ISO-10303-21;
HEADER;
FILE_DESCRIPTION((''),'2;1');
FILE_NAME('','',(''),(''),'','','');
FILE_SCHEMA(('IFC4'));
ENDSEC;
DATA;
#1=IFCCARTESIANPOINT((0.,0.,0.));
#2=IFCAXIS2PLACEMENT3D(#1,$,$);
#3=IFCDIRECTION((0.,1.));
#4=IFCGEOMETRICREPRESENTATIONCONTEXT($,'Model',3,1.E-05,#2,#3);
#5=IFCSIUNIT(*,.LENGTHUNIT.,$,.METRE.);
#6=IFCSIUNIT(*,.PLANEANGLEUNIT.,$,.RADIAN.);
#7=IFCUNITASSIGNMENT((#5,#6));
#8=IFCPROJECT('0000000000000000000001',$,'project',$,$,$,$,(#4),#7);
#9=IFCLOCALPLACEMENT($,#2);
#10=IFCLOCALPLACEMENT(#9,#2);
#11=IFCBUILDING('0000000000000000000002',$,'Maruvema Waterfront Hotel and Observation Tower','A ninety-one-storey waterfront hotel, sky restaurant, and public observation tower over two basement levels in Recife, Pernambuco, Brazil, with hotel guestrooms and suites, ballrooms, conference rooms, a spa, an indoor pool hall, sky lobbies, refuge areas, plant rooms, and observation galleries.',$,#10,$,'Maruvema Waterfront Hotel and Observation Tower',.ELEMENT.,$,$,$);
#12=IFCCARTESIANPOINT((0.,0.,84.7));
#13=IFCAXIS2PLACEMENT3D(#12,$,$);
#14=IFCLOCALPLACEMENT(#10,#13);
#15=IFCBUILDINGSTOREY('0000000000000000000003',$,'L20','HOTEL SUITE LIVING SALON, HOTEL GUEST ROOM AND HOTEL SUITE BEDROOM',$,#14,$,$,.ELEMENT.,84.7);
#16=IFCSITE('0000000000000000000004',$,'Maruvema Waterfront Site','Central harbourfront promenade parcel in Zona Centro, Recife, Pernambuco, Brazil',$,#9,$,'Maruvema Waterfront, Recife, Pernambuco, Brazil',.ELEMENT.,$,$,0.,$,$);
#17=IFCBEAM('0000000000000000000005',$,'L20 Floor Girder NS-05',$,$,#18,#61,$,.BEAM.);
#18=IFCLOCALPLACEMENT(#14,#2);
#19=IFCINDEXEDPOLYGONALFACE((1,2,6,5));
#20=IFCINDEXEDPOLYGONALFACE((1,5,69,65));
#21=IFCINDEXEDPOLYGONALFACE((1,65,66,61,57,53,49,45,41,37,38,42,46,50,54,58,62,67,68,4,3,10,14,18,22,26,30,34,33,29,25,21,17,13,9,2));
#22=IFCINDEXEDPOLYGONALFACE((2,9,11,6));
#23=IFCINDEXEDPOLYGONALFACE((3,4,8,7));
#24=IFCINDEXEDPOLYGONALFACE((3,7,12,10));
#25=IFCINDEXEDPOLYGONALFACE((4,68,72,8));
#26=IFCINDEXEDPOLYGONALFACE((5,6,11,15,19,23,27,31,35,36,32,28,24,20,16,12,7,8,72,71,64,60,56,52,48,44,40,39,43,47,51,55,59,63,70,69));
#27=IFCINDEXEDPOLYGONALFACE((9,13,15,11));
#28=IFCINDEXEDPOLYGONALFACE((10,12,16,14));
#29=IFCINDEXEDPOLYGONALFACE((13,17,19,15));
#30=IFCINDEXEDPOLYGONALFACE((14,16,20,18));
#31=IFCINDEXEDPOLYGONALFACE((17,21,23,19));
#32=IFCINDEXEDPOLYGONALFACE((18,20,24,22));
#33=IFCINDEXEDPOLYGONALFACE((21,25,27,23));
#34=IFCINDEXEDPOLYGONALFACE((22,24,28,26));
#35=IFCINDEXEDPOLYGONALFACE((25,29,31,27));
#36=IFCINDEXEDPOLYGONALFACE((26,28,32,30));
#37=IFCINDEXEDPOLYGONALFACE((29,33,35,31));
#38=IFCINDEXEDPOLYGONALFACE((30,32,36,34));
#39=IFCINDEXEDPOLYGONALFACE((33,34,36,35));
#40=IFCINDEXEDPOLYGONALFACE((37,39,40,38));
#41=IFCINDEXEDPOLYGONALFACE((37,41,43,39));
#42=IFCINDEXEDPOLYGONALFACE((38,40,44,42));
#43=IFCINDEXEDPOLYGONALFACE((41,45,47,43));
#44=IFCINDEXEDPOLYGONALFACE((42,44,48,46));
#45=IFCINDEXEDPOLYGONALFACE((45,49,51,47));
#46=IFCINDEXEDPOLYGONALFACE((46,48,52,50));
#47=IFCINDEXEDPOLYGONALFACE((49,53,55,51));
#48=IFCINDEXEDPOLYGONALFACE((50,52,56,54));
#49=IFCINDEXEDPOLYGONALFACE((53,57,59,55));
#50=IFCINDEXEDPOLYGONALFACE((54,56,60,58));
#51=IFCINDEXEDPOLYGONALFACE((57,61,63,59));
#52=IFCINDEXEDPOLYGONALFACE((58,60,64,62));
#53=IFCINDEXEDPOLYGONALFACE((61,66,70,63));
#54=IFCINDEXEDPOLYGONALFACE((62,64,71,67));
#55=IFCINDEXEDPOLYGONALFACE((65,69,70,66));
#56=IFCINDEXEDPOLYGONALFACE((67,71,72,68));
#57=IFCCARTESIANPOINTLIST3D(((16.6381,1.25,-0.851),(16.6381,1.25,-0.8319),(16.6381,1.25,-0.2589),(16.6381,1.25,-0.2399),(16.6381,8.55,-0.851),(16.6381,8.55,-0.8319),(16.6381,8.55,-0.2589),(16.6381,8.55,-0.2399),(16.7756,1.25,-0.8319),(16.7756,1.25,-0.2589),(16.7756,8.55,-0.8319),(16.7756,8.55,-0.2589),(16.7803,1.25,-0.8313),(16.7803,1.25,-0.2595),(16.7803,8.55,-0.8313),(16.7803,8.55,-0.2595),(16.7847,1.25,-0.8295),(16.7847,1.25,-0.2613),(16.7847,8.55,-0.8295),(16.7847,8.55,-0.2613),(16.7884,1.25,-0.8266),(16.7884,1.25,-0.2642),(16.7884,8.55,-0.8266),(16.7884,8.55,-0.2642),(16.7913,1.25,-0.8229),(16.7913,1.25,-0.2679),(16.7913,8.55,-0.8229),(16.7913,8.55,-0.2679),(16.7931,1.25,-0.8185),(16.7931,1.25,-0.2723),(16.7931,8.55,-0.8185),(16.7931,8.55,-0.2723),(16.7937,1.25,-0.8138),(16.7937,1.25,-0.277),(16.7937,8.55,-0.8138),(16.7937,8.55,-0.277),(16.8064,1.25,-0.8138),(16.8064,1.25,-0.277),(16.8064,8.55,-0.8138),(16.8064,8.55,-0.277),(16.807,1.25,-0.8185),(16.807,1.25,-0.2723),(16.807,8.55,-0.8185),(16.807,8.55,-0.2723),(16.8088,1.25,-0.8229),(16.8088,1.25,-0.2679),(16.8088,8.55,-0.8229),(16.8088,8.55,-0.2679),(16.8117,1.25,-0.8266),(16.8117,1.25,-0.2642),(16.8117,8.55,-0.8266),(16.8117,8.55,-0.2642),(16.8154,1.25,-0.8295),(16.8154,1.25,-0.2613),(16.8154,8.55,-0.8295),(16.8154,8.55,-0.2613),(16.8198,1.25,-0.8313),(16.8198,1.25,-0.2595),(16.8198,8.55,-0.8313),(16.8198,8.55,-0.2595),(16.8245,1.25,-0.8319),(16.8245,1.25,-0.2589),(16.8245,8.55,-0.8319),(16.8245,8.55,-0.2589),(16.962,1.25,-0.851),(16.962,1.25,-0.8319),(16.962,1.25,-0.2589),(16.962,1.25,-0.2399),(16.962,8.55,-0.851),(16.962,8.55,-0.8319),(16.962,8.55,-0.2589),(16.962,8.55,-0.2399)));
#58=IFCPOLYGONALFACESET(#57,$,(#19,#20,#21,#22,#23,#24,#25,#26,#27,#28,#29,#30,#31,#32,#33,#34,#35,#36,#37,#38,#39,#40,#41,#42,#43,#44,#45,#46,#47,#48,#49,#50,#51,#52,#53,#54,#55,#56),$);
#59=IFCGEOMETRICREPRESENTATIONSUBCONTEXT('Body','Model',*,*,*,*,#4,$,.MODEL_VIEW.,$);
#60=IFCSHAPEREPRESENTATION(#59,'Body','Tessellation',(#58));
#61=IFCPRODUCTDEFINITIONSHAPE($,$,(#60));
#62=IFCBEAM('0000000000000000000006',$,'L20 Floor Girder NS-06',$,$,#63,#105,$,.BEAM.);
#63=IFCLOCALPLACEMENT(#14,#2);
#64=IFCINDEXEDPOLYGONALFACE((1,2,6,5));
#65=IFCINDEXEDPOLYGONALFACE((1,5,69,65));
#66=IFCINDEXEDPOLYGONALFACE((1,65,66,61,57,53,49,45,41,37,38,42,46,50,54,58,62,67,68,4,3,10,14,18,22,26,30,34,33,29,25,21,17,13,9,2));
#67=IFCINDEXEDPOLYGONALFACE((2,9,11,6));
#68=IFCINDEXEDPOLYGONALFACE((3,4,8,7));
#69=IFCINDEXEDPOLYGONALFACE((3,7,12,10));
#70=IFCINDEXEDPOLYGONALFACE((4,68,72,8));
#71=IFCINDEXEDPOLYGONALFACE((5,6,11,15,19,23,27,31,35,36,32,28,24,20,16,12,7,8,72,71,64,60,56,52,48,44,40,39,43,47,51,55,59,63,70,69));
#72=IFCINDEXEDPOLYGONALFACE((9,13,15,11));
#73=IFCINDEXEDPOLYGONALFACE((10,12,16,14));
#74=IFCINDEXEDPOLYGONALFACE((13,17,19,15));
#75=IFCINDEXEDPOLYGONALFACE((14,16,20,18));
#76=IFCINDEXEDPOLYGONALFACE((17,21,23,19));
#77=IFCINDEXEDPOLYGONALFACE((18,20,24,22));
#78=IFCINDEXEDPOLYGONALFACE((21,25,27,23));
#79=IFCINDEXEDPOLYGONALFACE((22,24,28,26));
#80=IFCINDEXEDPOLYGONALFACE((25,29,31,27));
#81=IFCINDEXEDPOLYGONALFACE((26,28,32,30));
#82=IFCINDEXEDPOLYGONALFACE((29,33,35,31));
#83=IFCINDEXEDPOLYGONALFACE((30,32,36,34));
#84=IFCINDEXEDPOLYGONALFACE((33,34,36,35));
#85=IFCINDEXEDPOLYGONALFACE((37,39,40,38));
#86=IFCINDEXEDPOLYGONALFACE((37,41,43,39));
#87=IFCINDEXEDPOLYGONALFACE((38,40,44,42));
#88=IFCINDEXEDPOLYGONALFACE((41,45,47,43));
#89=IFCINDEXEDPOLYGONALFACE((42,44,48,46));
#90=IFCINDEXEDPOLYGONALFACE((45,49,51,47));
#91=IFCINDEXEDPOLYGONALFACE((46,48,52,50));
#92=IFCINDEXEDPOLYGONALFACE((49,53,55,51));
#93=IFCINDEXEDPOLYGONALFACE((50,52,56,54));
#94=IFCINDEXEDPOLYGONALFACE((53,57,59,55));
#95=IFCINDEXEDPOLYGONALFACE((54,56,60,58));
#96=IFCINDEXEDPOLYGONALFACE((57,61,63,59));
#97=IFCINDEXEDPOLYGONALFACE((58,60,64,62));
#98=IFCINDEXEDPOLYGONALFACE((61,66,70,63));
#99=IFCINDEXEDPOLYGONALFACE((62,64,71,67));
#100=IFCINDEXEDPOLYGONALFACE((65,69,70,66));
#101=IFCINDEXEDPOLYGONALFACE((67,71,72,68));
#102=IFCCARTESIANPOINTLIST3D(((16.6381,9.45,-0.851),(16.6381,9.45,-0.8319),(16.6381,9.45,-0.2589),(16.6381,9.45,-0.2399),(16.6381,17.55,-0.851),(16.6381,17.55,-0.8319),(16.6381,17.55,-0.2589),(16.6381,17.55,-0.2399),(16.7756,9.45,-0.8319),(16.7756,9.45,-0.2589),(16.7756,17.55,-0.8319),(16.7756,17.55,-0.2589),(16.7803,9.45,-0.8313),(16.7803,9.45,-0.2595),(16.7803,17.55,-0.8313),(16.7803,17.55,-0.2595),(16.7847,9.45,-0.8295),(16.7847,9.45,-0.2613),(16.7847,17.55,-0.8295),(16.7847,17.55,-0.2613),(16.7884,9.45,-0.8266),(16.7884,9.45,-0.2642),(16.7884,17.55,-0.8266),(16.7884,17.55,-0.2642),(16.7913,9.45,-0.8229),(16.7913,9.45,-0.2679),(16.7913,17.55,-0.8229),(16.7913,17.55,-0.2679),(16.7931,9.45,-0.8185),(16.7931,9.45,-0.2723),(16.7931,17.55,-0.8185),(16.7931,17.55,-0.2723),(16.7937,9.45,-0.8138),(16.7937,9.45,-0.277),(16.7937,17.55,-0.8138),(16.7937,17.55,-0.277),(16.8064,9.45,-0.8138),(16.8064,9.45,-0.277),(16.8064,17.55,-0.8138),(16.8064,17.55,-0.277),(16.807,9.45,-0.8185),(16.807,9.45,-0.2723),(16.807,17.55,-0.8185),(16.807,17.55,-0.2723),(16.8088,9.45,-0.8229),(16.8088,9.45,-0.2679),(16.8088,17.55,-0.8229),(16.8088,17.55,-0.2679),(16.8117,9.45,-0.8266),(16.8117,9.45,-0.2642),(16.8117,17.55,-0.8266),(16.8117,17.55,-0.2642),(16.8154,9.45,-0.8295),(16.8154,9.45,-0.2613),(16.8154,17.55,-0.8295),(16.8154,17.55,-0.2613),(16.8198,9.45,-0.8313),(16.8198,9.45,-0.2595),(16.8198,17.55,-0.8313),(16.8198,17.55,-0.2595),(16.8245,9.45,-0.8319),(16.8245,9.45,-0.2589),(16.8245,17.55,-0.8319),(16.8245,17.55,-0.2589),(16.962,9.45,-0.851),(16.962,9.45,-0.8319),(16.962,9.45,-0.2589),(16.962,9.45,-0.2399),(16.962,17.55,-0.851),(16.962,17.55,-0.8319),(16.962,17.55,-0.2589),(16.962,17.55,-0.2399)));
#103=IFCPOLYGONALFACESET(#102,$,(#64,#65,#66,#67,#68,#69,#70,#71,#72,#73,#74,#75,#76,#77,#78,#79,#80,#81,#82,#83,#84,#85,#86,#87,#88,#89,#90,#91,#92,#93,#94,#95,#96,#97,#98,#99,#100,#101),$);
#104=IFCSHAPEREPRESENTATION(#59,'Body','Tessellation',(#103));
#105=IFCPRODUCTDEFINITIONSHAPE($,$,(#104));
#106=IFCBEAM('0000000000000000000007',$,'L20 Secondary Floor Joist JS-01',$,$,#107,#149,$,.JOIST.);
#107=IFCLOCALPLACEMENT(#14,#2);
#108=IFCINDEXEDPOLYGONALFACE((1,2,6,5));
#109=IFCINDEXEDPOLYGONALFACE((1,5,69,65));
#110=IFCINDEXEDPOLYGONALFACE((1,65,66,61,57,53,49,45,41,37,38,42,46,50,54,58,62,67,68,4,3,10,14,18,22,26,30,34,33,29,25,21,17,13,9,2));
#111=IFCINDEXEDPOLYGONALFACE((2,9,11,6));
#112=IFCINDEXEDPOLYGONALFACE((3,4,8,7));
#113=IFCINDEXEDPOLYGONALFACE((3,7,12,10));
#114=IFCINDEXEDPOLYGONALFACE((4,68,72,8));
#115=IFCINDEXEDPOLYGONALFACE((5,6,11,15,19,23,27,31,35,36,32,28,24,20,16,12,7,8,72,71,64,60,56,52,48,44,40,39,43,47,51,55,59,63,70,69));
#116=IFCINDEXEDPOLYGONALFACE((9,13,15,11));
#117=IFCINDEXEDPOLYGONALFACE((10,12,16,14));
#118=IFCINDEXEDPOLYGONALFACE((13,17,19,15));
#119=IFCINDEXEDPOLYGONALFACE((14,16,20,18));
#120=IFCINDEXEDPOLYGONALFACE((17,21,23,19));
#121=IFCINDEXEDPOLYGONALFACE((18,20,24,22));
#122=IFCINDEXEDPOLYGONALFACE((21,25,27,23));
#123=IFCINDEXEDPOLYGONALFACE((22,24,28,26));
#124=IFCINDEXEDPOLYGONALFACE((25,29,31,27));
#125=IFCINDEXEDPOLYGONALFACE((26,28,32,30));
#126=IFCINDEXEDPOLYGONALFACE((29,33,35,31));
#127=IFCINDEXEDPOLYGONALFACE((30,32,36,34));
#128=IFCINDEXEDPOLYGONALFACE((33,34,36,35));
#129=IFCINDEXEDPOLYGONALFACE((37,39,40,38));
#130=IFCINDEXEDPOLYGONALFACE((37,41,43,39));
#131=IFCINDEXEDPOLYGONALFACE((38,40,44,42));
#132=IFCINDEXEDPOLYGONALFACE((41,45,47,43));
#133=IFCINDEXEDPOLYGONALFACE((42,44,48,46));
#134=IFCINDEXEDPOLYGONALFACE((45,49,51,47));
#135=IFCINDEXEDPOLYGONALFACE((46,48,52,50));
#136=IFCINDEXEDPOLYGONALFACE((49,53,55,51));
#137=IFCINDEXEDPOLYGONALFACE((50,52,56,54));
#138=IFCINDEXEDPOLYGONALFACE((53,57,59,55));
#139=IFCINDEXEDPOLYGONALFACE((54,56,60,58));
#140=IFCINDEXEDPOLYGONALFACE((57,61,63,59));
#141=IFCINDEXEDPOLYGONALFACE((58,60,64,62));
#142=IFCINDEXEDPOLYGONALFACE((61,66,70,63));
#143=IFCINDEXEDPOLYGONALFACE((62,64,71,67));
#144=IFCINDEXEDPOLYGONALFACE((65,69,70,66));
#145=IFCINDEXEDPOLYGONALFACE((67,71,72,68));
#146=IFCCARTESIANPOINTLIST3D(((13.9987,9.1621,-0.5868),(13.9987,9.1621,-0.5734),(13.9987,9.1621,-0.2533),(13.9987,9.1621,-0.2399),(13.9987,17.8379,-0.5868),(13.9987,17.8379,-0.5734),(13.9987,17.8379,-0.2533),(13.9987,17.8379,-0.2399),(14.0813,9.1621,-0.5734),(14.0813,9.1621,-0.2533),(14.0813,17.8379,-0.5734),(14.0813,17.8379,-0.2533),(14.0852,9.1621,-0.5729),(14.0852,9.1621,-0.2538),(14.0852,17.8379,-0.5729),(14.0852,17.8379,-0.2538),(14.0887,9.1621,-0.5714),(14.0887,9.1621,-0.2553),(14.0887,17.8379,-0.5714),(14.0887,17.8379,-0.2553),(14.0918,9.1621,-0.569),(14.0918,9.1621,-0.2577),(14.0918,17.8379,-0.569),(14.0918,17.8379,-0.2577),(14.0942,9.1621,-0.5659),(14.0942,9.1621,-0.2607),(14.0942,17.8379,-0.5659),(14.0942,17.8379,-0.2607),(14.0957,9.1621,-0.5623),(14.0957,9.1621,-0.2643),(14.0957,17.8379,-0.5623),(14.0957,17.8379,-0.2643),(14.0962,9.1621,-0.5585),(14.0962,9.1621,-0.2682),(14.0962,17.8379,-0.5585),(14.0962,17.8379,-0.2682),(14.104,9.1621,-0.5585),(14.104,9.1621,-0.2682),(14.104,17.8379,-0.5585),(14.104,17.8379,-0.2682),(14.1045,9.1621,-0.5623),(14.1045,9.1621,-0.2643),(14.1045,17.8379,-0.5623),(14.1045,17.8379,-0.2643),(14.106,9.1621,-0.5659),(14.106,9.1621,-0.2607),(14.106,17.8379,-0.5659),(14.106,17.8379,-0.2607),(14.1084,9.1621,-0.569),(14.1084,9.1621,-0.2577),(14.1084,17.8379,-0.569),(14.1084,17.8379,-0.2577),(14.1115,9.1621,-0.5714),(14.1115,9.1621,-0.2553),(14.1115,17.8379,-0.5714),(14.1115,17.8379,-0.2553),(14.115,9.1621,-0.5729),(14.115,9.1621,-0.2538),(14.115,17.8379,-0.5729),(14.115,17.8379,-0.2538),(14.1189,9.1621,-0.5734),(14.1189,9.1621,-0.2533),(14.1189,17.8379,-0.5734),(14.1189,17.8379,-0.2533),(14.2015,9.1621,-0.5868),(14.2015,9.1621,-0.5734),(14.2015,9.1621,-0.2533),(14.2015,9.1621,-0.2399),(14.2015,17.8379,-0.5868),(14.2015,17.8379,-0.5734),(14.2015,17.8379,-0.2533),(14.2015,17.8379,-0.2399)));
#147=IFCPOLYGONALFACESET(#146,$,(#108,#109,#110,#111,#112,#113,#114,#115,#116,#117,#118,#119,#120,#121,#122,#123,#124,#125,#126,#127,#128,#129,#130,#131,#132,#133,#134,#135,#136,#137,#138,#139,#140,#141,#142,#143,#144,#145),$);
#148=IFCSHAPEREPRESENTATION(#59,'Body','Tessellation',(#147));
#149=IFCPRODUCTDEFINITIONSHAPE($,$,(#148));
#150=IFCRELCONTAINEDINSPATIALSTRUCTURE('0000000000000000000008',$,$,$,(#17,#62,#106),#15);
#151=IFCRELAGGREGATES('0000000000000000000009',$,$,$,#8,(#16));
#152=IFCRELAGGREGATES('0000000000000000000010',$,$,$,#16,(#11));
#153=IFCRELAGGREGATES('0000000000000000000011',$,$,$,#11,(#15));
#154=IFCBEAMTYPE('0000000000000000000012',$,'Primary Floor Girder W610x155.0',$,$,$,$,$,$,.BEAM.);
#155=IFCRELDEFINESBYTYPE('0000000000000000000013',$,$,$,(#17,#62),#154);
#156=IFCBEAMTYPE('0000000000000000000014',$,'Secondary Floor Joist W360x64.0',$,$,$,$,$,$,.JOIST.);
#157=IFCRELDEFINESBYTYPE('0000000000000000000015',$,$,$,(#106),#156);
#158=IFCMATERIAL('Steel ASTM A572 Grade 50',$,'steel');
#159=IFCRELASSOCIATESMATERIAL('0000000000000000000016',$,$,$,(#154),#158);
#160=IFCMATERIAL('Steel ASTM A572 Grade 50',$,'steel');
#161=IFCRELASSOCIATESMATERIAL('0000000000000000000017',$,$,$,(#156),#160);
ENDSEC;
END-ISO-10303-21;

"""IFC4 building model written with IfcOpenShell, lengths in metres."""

from ifc_helpers import new_model, si_unit, direction, frame, origin, origin_2d, place, context, subcontext, project, spatial, i_section, extrude, material, material_profile, profile_set, type_object, element, save


model = new_model("IFC4")

# Units and contexts
model_context = context("Model", 3, precision=1e-05, world=origin(), true_north=direction((0.0, 1.0)))
body_context = subcontext(model_context, "Body", "Model", "MODEL_VIEW")
ifc_project = project(units=[si_unit("LENGTHUNIT", "METRE"), si_unit("PLANEANGLEUNIT", "RADIAN")], contexts=[model_context])

# Site, building, storey
site_placement = place(None, origin())
site = spatial("IfcSite", under=ifc_project, at=site_placement, Name="Maruvema Waterfront Site", Description="Central harbourfront promenade parcel in Zona Centro, Recife, Pernambuco, Brazil", LongName="Maruvema Waterfront, Recife, Pernambuco, Brazil", CompositionType="ELEMENT", RefElevation=0.0)
building_placement = place(site_placement, origin())
building = spatial("IfcBuilding", under=site, at=building_placement, Name="Maruvema Waterfront Hotel and Observation Tower", Description="A ninety-one-storey waterfront hotel, sky restaurant, and public observation tower over two basement levels in Recife, Pernambuco, Brazil, with hotel guestrooms and suites, ballrooms, conference rooms, a spa, an indoor pool hall, sky lobbies, refuge areas, plant rooms, and observation galleries.", LongName="Maruvema Waterfront Hotel and Observation Tower", CompositionType="ELEMENT")
storey_placement = place(building_placement, frame((0.0, 0.0, 84.7)))
storey = spatial("IfcBuildingStorey", under=building, at=storey_placement, Name="L20", Description="HOTEL SUITE LIVING SALON, HOTEL GUEST ROOM AND HOTEL SUITE BEDROOM", CompositionType="ELEMENT", Elevation=84.7)

# Beams
ifc_material_1 = material(Name="Steel ASTM A572 Grade 50", Category="steel")
ifc_material_profile_1 = material_profile(ifc_material_1, i_section(OverallWidth=0.324, OverallDepth=0.6111, WebThickness=0.0127, FlangeThickness=0.019, FilletRadius=0.0181, at=origin_2d()), Name="W610x155.0")
ifc_profile_set_1 = profile_set([ifc_material_profile_1], Name="Steel ASTM A572 Grade 50")
beam_type_1 = type_object("IfcBeamType", Name="Primary Floor Girder W610x155.0", PredefinedType="BEAM", material=ifc_profile_set_1)
beam_1_placement = place(storey_placement, frame((16.8, 1.25, -0.5454), z_axis=(0.0, 1.0, 0.0), x_axis=(-1.0, 0.0, 0.0)))
element("IfcBeam", 1, at=beam_1_placement, inside=storey, type_object=beam_type_1, Name="L20 Floor Girder NS-05", PredefinedType="BEAM", context=body_context, shape_type="SweptSolid", body=[
    extrude(i_section(OverallWidth=0.324, OverallDepth=0.6111, WebThickness=0.0127, FlangeThickness=0.019, FilletRadius=0.0181, at=origin_2d()), origin(), (0.0, 0.0, 1.0), 7.3),
])
beam_2_placement = place(storey_placement, frame((16.8, 9.45, -0.5454), z_axis=(0.0, 1.0, 0.0), x_axis=(-1.0, 0.0, 0.0)))
element("IfcBeam", 2, at=beam_2_placement, inside=storey, type_object=beam_type_1, Name="L20 Floor Girder NS-06", PredefinedType="BEAM", context=body_context, shape_type="SweptSolid", body=[
    extrude(i_section(OverallWidth=0.324, OverallDepth=0.6111, WebThickness=0.0127, FlangeThickness=0.019, FilletRadius=0.0181, at=origin_2d()), origin(), (0.0, 0.0, 1.0), 8.1001),
])
ifc_material_2 = material(Name="Steel ASTM A572 Grade 50", Category="steel")
ifc_material_profile_2 = material_profile(ifc_material_2, i_section(OverallWidth=0.2029, OverallDepth=0.3469, WebThickness=0.0078, FlangeThickness=0.0134, FilletRadius=0.0149, at=origin_2d()), Name="W360x64.0")
ifc_profile_set_2 = profile_set([ifc_material_profile_2], Name="Steel ASTM A572 Grade 50")
beam_type_2 = type_object("IfcBeamType", Name="Secondary Floor Joist W360x64.0", PredefinedType="JOIST", material=ifc_profile_set_2)
beam_3_placement = place(storey_placement, frame((14.1001, 9.1621, -0.4133), z_axis=(0.0, 1.0, 0.0), x_axis=(-1.0, 0.0, 0.0)))
element("IfcBeam", 3, at=beam_3_placement, inside=storey, type_object=beam_type_2, Name="L20 Secondary Floor Joist JS-01", PredefinedType="JOIST", context=body_context, shape_type="SweptSolid", body=[
    extrude(i_section(OverallWidth=0.2029, OverallDepth=0.3469, WebThickness=0.0078, FlangeThickness=0.0134, FilletRadius=0.0149, at=origin_2d()), origin(), (0.0, 0.0, 1.0), 8.6758),
])

save(model, "model.ifc")
